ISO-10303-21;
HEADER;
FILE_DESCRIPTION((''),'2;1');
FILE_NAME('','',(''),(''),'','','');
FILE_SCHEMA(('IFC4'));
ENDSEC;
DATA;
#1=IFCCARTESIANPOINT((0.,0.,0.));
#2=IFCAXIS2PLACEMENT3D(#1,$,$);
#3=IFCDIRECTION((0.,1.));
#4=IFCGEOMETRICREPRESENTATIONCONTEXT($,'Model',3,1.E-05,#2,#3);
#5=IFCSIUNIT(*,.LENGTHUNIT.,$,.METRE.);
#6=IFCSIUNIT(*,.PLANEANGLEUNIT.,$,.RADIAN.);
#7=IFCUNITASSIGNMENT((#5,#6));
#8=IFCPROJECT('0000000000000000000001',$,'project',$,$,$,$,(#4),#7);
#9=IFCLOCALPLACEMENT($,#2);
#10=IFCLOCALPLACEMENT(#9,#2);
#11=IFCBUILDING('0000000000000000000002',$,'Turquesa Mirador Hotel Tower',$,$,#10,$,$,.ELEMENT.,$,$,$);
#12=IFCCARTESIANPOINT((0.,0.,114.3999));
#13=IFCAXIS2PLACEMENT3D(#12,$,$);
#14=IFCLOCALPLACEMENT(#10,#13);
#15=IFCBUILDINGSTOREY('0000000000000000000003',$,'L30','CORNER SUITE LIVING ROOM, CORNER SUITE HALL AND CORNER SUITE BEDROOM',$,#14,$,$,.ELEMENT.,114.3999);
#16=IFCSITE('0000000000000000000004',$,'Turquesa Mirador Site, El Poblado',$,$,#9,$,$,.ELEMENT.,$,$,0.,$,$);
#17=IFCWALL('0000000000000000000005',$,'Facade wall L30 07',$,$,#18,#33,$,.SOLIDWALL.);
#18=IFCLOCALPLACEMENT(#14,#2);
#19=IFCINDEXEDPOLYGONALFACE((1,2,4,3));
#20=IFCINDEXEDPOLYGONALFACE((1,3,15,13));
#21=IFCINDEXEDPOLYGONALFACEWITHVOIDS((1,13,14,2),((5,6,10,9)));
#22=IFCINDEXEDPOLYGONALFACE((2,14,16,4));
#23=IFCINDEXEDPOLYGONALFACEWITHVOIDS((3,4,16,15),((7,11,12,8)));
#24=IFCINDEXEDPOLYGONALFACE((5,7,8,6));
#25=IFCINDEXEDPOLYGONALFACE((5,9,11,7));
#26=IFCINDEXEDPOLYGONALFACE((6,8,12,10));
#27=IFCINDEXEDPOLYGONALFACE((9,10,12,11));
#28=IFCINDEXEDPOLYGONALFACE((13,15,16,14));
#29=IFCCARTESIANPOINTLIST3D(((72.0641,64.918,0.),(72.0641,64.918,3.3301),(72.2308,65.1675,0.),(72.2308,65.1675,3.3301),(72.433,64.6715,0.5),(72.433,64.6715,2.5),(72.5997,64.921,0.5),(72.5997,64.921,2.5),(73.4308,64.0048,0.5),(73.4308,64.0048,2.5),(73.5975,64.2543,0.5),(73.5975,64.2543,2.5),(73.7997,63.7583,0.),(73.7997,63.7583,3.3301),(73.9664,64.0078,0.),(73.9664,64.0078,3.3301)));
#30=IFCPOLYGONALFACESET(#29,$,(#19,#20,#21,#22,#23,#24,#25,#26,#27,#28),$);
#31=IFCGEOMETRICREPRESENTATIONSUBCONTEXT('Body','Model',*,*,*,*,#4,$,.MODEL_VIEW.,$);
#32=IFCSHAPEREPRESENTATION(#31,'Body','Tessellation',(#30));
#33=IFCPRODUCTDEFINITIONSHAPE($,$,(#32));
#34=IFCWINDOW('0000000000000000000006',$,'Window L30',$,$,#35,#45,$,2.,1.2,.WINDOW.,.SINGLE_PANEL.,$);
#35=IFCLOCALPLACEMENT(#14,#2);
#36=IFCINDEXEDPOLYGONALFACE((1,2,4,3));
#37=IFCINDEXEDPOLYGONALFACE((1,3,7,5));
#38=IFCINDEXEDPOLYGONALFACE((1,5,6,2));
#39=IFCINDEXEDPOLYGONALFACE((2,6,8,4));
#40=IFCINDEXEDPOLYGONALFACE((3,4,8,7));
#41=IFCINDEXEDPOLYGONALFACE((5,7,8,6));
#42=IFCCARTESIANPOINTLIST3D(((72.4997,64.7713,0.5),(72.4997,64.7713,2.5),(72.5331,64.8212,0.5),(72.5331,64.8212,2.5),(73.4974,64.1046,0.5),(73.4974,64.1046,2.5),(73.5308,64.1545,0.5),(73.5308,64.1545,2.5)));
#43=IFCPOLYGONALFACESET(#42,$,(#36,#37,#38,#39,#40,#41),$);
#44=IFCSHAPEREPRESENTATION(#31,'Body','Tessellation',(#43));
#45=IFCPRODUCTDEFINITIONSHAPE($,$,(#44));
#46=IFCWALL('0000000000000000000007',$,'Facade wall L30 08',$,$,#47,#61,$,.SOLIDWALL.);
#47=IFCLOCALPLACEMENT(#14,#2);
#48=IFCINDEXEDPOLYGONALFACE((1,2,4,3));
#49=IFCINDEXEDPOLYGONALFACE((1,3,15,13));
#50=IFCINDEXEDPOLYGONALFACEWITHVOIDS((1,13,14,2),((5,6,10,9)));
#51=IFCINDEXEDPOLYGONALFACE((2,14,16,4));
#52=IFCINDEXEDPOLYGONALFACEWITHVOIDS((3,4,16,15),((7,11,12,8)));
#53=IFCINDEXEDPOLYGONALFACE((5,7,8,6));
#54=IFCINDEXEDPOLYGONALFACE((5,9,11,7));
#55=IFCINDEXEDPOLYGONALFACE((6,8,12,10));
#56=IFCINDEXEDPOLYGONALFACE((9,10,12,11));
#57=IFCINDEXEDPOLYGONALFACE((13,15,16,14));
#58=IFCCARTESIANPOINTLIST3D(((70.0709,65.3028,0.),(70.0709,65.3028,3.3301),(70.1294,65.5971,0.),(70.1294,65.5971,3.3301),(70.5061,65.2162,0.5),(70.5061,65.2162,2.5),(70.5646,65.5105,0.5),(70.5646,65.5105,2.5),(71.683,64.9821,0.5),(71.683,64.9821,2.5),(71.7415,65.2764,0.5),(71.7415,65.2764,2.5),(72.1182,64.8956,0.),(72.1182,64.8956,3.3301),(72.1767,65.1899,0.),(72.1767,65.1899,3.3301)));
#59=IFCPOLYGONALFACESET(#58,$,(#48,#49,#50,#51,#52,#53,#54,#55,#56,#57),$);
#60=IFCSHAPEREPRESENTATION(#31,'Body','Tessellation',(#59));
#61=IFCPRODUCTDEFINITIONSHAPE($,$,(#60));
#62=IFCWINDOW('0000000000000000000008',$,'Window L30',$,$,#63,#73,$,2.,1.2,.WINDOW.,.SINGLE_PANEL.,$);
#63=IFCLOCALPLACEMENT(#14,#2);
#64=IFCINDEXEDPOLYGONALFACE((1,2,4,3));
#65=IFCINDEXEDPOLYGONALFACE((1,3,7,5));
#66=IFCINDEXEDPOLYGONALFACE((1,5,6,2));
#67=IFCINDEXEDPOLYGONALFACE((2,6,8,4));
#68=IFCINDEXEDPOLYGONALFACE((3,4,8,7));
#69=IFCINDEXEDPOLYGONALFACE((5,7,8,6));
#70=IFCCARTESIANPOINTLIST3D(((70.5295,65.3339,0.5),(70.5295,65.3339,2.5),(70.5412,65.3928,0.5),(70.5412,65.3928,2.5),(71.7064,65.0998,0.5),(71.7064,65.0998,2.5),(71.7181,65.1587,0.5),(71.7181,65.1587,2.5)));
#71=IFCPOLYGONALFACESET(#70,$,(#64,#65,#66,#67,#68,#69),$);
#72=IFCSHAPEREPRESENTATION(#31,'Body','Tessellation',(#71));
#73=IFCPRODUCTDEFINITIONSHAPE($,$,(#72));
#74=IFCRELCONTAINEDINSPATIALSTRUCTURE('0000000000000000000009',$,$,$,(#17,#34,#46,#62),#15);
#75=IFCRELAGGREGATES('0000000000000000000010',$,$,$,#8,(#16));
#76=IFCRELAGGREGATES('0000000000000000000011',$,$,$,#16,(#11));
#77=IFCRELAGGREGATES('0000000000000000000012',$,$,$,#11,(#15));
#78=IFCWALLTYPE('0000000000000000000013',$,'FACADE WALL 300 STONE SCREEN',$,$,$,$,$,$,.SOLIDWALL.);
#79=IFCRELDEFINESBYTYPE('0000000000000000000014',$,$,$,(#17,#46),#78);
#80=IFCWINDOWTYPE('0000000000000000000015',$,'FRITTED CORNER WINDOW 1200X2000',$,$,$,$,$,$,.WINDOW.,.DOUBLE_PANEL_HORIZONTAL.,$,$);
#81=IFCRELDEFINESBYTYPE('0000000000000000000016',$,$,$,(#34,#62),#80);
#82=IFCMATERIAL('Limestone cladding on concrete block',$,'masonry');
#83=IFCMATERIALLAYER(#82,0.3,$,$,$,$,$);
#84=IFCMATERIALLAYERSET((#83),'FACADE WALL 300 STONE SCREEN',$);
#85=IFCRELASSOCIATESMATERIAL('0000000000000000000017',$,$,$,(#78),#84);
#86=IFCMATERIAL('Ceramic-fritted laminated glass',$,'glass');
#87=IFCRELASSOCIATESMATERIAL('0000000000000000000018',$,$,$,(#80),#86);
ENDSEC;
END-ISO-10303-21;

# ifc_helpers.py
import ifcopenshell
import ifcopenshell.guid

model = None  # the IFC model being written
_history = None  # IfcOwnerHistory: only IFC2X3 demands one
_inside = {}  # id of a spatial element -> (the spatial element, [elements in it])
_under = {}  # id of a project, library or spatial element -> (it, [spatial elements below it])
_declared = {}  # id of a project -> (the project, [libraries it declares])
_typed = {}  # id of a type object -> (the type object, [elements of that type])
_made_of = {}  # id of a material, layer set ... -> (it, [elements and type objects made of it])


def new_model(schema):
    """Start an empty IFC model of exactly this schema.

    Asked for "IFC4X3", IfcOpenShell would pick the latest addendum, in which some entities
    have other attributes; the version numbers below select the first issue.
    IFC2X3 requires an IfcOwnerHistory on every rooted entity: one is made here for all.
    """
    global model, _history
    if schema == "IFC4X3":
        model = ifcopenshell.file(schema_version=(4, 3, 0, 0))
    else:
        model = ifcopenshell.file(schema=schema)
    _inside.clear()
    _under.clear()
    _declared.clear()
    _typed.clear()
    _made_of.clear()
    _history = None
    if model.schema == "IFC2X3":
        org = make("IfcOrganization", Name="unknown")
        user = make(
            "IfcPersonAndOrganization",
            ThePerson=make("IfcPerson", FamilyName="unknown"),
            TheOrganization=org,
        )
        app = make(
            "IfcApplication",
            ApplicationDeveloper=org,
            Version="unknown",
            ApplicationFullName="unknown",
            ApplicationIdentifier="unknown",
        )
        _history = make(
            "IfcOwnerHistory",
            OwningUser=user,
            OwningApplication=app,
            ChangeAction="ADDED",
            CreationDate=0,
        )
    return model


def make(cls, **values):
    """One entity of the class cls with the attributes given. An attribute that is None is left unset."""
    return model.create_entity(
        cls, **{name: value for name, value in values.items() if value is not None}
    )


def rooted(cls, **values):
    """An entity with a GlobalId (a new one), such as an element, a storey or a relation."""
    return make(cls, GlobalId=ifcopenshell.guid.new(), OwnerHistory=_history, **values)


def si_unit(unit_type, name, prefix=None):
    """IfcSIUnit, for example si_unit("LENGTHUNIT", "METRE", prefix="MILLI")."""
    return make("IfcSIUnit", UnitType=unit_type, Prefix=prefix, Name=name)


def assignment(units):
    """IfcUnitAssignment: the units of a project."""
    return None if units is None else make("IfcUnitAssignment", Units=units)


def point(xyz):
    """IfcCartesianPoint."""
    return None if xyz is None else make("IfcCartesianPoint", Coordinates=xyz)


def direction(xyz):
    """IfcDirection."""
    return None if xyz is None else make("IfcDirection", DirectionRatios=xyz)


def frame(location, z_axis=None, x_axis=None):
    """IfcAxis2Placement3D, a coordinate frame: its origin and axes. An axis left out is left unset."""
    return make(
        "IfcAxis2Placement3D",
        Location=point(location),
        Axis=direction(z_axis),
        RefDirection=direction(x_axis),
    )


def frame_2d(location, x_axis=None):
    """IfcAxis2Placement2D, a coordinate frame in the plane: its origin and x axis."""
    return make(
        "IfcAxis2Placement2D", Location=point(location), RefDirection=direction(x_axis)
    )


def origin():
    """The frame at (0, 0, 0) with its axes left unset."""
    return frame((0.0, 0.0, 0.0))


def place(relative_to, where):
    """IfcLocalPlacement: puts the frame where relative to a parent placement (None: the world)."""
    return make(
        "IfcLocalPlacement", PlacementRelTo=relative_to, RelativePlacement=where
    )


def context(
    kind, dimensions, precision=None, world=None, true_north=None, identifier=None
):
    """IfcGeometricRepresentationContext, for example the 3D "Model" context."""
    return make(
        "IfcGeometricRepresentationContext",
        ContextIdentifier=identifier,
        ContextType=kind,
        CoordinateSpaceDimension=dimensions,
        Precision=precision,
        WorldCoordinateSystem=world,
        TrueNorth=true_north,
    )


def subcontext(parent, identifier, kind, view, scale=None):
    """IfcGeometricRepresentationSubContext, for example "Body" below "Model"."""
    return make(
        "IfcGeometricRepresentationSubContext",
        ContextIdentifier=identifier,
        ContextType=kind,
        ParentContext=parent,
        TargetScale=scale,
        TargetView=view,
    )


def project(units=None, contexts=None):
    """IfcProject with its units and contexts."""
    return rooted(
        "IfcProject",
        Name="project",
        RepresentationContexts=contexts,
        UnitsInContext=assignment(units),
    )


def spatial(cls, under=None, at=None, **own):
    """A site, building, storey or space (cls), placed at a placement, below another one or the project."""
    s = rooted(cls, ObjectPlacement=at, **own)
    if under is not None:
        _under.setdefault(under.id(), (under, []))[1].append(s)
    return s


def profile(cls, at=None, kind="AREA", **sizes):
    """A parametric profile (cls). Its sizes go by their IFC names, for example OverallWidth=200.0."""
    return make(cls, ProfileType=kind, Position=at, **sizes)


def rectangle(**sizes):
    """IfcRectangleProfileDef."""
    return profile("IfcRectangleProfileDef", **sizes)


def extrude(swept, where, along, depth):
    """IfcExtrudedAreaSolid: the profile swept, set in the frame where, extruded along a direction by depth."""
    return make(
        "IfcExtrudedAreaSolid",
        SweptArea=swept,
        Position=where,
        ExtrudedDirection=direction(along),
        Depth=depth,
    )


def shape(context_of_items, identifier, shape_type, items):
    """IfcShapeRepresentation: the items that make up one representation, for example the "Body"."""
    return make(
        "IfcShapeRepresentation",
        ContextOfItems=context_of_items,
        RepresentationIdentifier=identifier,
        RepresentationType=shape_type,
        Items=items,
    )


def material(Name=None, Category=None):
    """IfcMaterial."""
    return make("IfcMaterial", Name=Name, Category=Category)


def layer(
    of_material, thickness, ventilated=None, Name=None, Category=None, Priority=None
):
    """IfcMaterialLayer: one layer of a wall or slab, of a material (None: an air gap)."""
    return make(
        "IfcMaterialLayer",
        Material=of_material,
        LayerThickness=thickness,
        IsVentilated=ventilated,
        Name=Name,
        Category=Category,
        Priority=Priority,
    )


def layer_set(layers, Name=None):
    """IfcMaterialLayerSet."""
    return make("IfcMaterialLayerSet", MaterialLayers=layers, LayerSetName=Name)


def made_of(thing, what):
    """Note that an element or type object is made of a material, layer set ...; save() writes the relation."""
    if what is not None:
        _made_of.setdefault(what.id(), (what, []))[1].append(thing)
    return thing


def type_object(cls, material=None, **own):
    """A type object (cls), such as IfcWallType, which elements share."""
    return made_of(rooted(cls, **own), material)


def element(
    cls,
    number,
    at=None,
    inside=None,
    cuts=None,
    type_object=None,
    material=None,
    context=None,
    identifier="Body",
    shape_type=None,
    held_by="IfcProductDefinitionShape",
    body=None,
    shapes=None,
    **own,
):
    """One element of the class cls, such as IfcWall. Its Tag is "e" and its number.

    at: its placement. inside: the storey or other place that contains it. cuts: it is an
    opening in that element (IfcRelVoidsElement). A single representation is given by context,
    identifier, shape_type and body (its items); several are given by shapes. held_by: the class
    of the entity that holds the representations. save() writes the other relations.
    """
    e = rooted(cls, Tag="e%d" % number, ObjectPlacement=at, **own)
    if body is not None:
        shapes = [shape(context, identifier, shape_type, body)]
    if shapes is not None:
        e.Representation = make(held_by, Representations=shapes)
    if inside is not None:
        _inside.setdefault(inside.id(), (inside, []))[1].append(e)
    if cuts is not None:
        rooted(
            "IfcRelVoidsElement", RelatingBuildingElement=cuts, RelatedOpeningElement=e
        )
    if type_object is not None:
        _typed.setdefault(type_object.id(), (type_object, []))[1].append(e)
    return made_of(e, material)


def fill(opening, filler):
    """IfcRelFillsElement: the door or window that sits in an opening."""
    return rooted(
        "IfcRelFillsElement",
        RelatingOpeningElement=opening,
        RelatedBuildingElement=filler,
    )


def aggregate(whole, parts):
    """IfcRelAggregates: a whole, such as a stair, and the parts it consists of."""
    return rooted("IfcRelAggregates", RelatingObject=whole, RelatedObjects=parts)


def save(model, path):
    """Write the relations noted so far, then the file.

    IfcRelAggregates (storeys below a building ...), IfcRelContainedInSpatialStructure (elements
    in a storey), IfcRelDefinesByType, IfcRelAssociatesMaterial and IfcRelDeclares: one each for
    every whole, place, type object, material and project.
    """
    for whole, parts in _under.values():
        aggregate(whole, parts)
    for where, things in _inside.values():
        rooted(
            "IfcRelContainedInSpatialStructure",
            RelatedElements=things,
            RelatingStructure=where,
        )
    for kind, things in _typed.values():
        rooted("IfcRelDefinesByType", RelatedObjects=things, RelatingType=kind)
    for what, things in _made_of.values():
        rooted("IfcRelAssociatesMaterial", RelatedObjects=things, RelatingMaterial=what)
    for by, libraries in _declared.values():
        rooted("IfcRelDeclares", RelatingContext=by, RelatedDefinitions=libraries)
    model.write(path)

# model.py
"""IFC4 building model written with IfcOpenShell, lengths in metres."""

from ifc_helpers import new_model, si_unit, direction, frame, frame_2d, origin, place, context, subcontext, project, spatial, rectangle, extrude, material, layer, layer_set, type_object, element, fill, save


model = new_model("IFC4")

# Units and contexts
model_context = context("Model", 3, precision=1e-05, world=origin(), true_north=direction((0.0, 1.0)))
body_context = subcontext(model_context, "Body", "Model", "MODEL_VIEW")
ifc_project = project(units=[si_unit("LENGTHUNIT", "METRE"), si_unit("PLANEANGLEUNIT", "RADIAN")], contexts=[model_context])

# Site, building, storey
site_placement = place(None, origin())
site = spatial("IfcSite", under=ifc_project, at=site_placement, Name="Turquesa Mirador Site, El Poblado", CompositionType="ELEMENT", RefElevation=0.0)
building_placement = place(site_placement, origin())
building = spatial("IfcBuilding", under=site, at=building_placement, Name="Turquesa Mirador Hotel Tower", CompositionType="ELEMENT")
storey_placement = place(building_placement, frame((0.0, 0.0, 114.3999)))
storey = spatial("IfcBuildingStorey", under=building, at=storey_placement, Name="L30", Description="CORNER SUITE LIVING ROOM, CORNER SUITE HALL AND CORNER SUITE BEDROOM", CompositionType="ELEMENT", Elevation=114.3999)

# Walls, openings, windows
ifc_material_1 = material(Name="Limestone cladding on concrete block", Category="masonry")
ifc_layer = layer(ifc_material_1, 0.3)
ifc_layer_set = layer_set([ifc_layer], Name="FACADE WALL 300 STONE SCREEN")
wall_type = type_object("IfcWallType", Name="FACADE WALL 300 STONE SCREEN", PredefinedType="SOLIDWALL", material=ifc_layer_set)
ifc_material_2 = material(Name="Ceramic-fritted laminated glass", Category="glass")
window_type_1 = type_object("IfcWindowType", Name="FRITTED CORNER WINDOW 1200X2000", PartitioningType="DOUBLE_PANEL_HORIZONTAL", PredefinedType="WINDOW", material=ifc_material_2)
wall_1_placement = place(storey_placement, frame((73.8831, 63.8831, 0.0), z_axis=(0.0, 0.0, 1.0), x_axis=(-0.831474, 0.555564, 0.0)))
wall_1 = element("IfcWall", 1, at=wall_1_placement, inside=storey, type_object=wall_type, Name="Facade wall L30 07", PredefinedType="SOLIDWALL", context=body_context, shape_type="SweptSolid", body=[
    extrude(rectangle(XDim=2.0874, YDim=0.3, at=frame_2d((1.0437, 0.0))), origin(), (0.0, 0.0, 1.0), 3.3301),
])
opening_1_placement = place(wall_1_placement, frame((0.4436, 0.0, 0.5)))
opening_1 = element("IfcOpeningElement", 2, at=opening_1_placement, cuts=wall_1, PredefinedType="OPENING", context=body_context, shape_type="SweptSolid", body=[
    extrude(rectangle(XDim=1.2, YDim=2.0, at=frame_2d((0.6001, 1.0))), frame((0.0, 0.1599, 0.0), z_axis=(0.0, -1.0, 0.0), x_axis=(1.0, 0.0, 0.0)), (0.0, 0.0, 1.0), 0.3201),
])
window_1_placement = place(opening_1_placement, origin())
window_1 = element("IfcWindow", 3, at=window_1_placement, inside=storey, type_object=window_type_1, Name="Window L30", OverallHeight=2.0, OverallWidth=1.2, PartitioningType="SINGLE_PANEL", PredefinedType="WINDOW", context=body_context, shape_type="SweptSolid", body=[
    extrude(rectangle(XDim=1.2, YDim=2.0, at=frame_2d((0.6001, 1.0))), frame((0.0, 0.03, 0.0), z_axis=(0.0, -1.0, 0.0), x_axis=(1.0, 0.0, 0.0)), (0.0, 0.0, 1.0), 0.0601),
])
fill(opening_1, window_1)
wall_2_placement = place(storey_placement, frame((72.1475, 65.0427, 0.0), z_axis=(0.0, 0.0, 1.0), x_axis=(-0.980787, 0.195081, 0.0)))
wall_2 = element("IfcWall", 4, at=wall_2_placement, inside=storey, type_object=wall_type, Name="Facade wall L30 08", PredefinedType="SOLIDWALL", context=body_context, shape_type="SweptSolid", body=[
    extrude(rectangle(XDim=2.0874, YDim=0.3, at=frame_2d((1.0437, 0.0))), origin(), (0.0, 0.0, 1.0), 3.3301),
])
opening_2_placement = place(wall_2_placement, frame((0.4436, 0.0, 0.5)))
opening_2 = element("IfcOpeningElement", 5, at=opening_2_placement, cuts=wall_2, PredefinedType="OPENING", context=body_context, shape_type="SweptSolid", body=[
    extrude(rectangle(XDim=1.2, YDim=2.0, at=frame_2d((0.6001, 1.0))), frame((0.0, 0.1599, 0.0), z_axis=(0.0, -1.0, 0.0), x_axis=(1.0, 0.0, 0.0)), (0.0, 0.0, 1.0), 0.3201),
])
window_2_placement = place(opening_2_placement, origin())
window_2 = element("IfcWindow", 6, at=window_2_placement, inside=storey, type_object=window_type_1, Name="Window L30", OverallHeight=2.0, OverallWidth=1.2, PartitioningType="SINGLE_PANEL", PredefinedType="WINDOW", context=body_context, shape_type="SweptSolid", body=[
    extrude(rectangle(XDim=1.2, YDim=2.0, at=frame_2d((0.6001, 1.0))), frame((0.0, 0.03, 0.0), z_axis=(0.0, -1.0, 0.0), x_axis=(1.0, 0.0, 0.0)), (0.0, 0.0, 1.0), 0.0601),
])
fill(opening_2, window_2)

save(model, "model.ifc")
